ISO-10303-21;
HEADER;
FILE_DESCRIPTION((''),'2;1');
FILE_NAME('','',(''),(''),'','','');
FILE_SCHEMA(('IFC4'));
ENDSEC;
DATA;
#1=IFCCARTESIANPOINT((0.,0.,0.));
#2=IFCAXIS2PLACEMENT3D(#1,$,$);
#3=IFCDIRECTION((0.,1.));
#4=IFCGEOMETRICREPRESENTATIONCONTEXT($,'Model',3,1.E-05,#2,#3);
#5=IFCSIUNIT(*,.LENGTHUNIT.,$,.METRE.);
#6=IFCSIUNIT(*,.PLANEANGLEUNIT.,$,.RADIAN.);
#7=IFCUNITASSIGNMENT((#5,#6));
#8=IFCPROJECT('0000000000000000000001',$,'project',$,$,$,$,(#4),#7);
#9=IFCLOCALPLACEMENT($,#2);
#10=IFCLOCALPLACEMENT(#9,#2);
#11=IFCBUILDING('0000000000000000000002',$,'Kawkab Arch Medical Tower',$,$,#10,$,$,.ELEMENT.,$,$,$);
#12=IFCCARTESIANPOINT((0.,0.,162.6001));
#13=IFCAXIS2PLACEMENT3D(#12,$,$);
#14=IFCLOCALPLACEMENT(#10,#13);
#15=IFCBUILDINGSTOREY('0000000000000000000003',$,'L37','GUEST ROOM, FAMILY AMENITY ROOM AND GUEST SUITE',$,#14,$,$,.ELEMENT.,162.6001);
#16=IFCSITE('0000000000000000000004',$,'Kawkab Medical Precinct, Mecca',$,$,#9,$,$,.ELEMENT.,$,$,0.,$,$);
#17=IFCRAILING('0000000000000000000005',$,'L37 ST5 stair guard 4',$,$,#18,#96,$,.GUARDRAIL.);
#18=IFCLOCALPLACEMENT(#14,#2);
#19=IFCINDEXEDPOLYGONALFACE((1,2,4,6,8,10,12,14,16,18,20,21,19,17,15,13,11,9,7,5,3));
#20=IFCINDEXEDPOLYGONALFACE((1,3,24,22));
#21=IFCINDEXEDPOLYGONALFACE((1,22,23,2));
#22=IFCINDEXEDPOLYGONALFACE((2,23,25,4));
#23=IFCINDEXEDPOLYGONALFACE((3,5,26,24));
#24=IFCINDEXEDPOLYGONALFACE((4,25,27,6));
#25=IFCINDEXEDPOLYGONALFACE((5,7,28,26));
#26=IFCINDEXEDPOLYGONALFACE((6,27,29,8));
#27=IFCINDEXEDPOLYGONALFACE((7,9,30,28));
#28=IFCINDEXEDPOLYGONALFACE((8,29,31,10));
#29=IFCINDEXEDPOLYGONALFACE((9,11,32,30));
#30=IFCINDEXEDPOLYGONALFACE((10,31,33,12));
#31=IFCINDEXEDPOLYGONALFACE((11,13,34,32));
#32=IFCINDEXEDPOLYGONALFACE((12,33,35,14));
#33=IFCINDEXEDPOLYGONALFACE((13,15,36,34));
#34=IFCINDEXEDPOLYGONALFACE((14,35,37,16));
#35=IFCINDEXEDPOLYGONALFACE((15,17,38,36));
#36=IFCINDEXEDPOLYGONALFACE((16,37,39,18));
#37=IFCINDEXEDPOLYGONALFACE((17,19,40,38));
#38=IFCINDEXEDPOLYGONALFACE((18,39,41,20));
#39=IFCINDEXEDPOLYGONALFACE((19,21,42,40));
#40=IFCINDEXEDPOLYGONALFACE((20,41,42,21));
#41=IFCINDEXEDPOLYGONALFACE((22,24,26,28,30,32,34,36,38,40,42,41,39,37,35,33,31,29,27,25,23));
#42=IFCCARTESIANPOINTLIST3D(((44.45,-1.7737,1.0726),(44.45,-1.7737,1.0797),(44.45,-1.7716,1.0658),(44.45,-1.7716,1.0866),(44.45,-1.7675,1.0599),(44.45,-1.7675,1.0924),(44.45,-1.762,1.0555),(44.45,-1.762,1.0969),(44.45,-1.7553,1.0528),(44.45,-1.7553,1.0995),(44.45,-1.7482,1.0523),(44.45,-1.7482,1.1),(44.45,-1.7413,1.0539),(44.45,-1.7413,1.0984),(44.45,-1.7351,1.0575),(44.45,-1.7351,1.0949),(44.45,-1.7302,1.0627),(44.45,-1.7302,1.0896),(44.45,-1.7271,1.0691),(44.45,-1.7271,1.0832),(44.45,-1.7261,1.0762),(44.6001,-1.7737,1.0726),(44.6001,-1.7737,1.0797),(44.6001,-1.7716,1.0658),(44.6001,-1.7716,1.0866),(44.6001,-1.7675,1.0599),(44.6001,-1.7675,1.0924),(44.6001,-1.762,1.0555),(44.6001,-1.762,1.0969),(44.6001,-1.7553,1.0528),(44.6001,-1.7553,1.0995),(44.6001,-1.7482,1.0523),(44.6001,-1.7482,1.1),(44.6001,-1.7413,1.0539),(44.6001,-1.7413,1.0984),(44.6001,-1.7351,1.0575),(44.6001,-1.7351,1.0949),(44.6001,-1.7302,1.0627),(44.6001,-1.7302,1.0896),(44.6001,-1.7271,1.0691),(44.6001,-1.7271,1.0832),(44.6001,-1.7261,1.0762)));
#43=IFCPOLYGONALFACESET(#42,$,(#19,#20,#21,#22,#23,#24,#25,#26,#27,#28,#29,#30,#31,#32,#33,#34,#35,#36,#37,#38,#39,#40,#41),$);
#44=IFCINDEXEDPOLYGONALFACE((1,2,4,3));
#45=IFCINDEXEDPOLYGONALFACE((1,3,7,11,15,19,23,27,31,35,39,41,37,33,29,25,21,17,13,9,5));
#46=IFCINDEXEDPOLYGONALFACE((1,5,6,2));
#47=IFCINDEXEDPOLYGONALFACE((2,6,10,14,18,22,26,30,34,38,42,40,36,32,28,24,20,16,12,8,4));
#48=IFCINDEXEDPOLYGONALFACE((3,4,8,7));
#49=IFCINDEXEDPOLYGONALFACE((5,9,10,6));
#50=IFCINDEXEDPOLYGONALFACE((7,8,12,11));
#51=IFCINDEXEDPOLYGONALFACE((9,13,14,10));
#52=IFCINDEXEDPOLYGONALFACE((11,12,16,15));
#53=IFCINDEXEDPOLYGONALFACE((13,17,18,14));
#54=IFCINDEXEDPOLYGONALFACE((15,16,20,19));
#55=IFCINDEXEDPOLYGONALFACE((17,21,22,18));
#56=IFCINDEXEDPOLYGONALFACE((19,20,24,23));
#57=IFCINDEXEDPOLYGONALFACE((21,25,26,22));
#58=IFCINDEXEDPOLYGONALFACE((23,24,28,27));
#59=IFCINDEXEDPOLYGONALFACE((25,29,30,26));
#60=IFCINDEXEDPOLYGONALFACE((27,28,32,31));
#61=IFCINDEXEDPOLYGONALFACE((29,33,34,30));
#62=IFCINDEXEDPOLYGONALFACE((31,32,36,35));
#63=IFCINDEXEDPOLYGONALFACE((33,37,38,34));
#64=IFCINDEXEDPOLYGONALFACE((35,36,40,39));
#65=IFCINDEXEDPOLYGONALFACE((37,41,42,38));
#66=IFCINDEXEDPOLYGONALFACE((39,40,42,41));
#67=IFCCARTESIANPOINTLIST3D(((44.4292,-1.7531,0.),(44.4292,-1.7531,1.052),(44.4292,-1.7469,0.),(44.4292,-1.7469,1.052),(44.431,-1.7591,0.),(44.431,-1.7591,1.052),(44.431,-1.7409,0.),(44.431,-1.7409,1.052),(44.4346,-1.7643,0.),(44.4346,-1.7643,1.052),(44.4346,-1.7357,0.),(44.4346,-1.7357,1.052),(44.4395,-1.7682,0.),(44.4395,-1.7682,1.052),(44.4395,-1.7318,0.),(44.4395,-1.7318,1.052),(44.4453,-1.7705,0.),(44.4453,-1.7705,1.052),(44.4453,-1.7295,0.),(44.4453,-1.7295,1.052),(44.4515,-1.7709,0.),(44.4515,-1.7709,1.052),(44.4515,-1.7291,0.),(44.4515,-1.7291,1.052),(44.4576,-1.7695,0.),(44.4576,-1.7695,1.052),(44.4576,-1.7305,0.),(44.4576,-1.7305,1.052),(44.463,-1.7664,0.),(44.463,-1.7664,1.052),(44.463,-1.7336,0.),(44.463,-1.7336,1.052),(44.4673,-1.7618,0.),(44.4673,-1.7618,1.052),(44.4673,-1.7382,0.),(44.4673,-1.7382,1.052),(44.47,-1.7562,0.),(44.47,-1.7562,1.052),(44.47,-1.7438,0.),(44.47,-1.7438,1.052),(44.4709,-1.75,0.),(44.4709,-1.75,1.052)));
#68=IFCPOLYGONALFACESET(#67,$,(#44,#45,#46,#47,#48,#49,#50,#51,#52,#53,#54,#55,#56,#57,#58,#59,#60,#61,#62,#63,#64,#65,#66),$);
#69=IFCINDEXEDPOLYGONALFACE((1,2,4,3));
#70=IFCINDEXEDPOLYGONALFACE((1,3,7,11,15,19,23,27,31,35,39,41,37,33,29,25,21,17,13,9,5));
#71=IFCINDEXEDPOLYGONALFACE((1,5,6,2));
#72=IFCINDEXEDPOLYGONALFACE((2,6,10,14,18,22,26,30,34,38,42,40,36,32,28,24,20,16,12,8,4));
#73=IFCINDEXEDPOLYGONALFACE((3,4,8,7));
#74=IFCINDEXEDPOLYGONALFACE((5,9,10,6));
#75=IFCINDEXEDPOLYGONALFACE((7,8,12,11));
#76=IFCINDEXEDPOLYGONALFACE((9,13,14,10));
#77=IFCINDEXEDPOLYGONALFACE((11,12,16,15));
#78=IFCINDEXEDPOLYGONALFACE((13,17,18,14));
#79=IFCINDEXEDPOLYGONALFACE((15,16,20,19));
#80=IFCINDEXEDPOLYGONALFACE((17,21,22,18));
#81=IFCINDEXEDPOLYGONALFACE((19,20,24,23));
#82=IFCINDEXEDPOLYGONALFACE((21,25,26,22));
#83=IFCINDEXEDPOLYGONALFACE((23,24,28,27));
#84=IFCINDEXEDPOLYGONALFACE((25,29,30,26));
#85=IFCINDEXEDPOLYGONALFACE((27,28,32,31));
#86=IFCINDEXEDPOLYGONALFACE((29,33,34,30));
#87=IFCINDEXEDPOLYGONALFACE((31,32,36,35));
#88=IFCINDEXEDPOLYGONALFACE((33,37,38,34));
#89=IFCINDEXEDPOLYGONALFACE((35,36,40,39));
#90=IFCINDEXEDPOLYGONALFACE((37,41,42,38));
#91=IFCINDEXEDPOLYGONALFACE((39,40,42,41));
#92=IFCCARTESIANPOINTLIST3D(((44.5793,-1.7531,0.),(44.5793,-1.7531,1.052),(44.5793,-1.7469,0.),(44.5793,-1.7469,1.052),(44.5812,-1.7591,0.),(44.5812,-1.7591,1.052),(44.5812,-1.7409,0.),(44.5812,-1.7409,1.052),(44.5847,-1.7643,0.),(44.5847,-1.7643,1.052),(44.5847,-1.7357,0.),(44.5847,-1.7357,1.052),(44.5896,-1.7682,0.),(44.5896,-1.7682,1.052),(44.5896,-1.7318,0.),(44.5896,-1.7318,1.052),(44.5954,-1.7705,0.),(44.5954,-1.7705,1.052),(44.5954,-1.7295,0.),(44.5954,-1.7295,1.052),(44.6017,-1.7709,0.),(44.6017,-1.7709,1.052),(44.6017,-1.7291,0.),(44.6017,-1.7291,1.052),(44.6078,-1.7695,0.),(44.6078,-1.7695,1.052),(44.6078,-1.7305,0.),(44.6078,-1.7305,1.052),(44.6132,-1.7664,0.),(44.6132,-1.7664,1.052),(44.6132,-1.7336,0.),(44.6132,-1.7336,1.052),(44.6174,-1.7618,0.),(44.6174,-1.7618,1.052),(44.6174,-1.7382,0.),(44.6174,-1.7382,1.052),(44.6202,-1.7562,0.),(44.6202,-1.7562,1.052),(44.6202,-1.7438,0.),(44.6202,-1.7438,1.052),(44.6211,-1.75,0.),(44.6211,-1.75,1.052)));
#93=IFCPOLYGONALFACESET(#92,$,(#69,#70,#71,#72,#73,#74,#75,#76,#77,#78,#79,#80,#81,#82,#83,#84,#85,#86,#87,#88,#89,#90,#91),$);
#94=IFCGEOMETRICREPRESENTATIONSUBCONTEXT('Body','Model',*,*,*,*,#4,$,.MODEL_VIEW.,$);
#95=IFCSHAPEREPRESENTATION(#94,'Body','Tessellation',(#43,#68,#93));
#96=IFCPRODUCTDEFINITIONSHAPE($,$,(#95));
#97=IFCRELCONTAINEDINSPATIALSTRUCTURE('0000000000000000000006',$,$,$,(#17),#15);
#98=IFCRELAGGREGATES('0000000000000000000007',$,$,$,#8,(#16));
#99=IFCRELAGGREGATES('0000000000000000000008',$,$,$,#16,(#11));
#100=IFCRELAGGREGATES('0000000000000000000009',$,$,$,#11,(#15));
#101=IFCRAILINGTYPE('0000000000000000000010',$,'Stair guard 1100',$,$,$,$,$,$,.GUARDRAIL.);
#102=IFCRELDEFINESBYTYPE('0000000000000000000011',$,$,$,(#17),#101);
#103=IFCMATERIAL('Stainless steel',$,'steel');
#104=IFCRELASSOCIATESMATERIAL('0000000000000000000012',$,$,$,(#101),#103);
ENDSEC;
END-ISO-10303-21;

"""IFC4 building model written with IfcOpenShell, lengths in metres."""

from ifc_helpers import new_model, si_unit, direction, frame, origin, origin_2d, place, context, subcontext, project, spatial, circle, extrude, material, type_object, element, save


model = new_model("IFC4")

# Units and contexts
model_context = context("Model", 3, precision=1e-05, world=origin(), true_north=direction((0.0, 1.0)))
body_context = subcontext(model_context, "Body", "Model", "MODEL_VIEW")
ifc_project = project(units=[si_unit("LENGTHUNIT", "METRE"), si_unit("PLANEANGLEUNIT", "RADIAN")], contexts=[model_context])

# Site, building, storey
site_placement = place(None, origin())
site = spatial("IfcSite", under=ifc_project, at=site_placement, Name="Kawkab Medical Precinct, Mecca", CompositionType="ELEMENT", RefElevation=0.0)
building_placement = place(site_placement, origin())
building = spatial("IfcBuilding", under=site, at=building_placement, Name="Kawkab Arch Medical Tower", CompositionType="ELEMENT")
storey_placement = place(building_placement, frame((0.0, 0.0, 162.6001)))
storey = spatial("IfcBuildingStorey", under=building, at=storey_placement, Name="L37", Description="GUEST ROOM, FAMILY AMENITY ROOM AND GUEST SUITE", CompositionType="ELEMENT", Elevation=162.6001)

# Railing
ifc_material_1 = material(Name="Stainless steel", Category="steel")
railing_type_1 = type_object("IfcRailingType", Name="Stair guard 1100", PredefinedType="GUARDRAIL", material=ifc_material_1)
railing_1_placement = place(storey_placement, frame((44.45, -1.75, 0.0)))
element("IfcRailing", 1, at=railing_1_placement, inside=storey, type_object=railing_type_1, Name="L37 ST5 stair guard 4", PredefinedType="GUARDRAIL", context=body_context, shape_type="SweptSolid", body=[
    extrude(circle(Radius=0.0239, at=origin_2d()), frame((0.0, 0.0, 1.0762), z_axis=(1.0, 0.0, 0.0), x_axis=(0.0, 1.0, 0.0)), (0.0, 0.0, 1.0), 0.1501),
    extrude(circle(Radius=0.021, at=origin_2d()), origin(), (0.0, 0.0, 1.0), 1.052),
    extrude(circle(Radius=0.021, at=origin_2d()), frame((0.1501, 0.0, 0.0)), (0.0, 0.0, 1.0), 1.052),
])

save(model, "model.ifc")
